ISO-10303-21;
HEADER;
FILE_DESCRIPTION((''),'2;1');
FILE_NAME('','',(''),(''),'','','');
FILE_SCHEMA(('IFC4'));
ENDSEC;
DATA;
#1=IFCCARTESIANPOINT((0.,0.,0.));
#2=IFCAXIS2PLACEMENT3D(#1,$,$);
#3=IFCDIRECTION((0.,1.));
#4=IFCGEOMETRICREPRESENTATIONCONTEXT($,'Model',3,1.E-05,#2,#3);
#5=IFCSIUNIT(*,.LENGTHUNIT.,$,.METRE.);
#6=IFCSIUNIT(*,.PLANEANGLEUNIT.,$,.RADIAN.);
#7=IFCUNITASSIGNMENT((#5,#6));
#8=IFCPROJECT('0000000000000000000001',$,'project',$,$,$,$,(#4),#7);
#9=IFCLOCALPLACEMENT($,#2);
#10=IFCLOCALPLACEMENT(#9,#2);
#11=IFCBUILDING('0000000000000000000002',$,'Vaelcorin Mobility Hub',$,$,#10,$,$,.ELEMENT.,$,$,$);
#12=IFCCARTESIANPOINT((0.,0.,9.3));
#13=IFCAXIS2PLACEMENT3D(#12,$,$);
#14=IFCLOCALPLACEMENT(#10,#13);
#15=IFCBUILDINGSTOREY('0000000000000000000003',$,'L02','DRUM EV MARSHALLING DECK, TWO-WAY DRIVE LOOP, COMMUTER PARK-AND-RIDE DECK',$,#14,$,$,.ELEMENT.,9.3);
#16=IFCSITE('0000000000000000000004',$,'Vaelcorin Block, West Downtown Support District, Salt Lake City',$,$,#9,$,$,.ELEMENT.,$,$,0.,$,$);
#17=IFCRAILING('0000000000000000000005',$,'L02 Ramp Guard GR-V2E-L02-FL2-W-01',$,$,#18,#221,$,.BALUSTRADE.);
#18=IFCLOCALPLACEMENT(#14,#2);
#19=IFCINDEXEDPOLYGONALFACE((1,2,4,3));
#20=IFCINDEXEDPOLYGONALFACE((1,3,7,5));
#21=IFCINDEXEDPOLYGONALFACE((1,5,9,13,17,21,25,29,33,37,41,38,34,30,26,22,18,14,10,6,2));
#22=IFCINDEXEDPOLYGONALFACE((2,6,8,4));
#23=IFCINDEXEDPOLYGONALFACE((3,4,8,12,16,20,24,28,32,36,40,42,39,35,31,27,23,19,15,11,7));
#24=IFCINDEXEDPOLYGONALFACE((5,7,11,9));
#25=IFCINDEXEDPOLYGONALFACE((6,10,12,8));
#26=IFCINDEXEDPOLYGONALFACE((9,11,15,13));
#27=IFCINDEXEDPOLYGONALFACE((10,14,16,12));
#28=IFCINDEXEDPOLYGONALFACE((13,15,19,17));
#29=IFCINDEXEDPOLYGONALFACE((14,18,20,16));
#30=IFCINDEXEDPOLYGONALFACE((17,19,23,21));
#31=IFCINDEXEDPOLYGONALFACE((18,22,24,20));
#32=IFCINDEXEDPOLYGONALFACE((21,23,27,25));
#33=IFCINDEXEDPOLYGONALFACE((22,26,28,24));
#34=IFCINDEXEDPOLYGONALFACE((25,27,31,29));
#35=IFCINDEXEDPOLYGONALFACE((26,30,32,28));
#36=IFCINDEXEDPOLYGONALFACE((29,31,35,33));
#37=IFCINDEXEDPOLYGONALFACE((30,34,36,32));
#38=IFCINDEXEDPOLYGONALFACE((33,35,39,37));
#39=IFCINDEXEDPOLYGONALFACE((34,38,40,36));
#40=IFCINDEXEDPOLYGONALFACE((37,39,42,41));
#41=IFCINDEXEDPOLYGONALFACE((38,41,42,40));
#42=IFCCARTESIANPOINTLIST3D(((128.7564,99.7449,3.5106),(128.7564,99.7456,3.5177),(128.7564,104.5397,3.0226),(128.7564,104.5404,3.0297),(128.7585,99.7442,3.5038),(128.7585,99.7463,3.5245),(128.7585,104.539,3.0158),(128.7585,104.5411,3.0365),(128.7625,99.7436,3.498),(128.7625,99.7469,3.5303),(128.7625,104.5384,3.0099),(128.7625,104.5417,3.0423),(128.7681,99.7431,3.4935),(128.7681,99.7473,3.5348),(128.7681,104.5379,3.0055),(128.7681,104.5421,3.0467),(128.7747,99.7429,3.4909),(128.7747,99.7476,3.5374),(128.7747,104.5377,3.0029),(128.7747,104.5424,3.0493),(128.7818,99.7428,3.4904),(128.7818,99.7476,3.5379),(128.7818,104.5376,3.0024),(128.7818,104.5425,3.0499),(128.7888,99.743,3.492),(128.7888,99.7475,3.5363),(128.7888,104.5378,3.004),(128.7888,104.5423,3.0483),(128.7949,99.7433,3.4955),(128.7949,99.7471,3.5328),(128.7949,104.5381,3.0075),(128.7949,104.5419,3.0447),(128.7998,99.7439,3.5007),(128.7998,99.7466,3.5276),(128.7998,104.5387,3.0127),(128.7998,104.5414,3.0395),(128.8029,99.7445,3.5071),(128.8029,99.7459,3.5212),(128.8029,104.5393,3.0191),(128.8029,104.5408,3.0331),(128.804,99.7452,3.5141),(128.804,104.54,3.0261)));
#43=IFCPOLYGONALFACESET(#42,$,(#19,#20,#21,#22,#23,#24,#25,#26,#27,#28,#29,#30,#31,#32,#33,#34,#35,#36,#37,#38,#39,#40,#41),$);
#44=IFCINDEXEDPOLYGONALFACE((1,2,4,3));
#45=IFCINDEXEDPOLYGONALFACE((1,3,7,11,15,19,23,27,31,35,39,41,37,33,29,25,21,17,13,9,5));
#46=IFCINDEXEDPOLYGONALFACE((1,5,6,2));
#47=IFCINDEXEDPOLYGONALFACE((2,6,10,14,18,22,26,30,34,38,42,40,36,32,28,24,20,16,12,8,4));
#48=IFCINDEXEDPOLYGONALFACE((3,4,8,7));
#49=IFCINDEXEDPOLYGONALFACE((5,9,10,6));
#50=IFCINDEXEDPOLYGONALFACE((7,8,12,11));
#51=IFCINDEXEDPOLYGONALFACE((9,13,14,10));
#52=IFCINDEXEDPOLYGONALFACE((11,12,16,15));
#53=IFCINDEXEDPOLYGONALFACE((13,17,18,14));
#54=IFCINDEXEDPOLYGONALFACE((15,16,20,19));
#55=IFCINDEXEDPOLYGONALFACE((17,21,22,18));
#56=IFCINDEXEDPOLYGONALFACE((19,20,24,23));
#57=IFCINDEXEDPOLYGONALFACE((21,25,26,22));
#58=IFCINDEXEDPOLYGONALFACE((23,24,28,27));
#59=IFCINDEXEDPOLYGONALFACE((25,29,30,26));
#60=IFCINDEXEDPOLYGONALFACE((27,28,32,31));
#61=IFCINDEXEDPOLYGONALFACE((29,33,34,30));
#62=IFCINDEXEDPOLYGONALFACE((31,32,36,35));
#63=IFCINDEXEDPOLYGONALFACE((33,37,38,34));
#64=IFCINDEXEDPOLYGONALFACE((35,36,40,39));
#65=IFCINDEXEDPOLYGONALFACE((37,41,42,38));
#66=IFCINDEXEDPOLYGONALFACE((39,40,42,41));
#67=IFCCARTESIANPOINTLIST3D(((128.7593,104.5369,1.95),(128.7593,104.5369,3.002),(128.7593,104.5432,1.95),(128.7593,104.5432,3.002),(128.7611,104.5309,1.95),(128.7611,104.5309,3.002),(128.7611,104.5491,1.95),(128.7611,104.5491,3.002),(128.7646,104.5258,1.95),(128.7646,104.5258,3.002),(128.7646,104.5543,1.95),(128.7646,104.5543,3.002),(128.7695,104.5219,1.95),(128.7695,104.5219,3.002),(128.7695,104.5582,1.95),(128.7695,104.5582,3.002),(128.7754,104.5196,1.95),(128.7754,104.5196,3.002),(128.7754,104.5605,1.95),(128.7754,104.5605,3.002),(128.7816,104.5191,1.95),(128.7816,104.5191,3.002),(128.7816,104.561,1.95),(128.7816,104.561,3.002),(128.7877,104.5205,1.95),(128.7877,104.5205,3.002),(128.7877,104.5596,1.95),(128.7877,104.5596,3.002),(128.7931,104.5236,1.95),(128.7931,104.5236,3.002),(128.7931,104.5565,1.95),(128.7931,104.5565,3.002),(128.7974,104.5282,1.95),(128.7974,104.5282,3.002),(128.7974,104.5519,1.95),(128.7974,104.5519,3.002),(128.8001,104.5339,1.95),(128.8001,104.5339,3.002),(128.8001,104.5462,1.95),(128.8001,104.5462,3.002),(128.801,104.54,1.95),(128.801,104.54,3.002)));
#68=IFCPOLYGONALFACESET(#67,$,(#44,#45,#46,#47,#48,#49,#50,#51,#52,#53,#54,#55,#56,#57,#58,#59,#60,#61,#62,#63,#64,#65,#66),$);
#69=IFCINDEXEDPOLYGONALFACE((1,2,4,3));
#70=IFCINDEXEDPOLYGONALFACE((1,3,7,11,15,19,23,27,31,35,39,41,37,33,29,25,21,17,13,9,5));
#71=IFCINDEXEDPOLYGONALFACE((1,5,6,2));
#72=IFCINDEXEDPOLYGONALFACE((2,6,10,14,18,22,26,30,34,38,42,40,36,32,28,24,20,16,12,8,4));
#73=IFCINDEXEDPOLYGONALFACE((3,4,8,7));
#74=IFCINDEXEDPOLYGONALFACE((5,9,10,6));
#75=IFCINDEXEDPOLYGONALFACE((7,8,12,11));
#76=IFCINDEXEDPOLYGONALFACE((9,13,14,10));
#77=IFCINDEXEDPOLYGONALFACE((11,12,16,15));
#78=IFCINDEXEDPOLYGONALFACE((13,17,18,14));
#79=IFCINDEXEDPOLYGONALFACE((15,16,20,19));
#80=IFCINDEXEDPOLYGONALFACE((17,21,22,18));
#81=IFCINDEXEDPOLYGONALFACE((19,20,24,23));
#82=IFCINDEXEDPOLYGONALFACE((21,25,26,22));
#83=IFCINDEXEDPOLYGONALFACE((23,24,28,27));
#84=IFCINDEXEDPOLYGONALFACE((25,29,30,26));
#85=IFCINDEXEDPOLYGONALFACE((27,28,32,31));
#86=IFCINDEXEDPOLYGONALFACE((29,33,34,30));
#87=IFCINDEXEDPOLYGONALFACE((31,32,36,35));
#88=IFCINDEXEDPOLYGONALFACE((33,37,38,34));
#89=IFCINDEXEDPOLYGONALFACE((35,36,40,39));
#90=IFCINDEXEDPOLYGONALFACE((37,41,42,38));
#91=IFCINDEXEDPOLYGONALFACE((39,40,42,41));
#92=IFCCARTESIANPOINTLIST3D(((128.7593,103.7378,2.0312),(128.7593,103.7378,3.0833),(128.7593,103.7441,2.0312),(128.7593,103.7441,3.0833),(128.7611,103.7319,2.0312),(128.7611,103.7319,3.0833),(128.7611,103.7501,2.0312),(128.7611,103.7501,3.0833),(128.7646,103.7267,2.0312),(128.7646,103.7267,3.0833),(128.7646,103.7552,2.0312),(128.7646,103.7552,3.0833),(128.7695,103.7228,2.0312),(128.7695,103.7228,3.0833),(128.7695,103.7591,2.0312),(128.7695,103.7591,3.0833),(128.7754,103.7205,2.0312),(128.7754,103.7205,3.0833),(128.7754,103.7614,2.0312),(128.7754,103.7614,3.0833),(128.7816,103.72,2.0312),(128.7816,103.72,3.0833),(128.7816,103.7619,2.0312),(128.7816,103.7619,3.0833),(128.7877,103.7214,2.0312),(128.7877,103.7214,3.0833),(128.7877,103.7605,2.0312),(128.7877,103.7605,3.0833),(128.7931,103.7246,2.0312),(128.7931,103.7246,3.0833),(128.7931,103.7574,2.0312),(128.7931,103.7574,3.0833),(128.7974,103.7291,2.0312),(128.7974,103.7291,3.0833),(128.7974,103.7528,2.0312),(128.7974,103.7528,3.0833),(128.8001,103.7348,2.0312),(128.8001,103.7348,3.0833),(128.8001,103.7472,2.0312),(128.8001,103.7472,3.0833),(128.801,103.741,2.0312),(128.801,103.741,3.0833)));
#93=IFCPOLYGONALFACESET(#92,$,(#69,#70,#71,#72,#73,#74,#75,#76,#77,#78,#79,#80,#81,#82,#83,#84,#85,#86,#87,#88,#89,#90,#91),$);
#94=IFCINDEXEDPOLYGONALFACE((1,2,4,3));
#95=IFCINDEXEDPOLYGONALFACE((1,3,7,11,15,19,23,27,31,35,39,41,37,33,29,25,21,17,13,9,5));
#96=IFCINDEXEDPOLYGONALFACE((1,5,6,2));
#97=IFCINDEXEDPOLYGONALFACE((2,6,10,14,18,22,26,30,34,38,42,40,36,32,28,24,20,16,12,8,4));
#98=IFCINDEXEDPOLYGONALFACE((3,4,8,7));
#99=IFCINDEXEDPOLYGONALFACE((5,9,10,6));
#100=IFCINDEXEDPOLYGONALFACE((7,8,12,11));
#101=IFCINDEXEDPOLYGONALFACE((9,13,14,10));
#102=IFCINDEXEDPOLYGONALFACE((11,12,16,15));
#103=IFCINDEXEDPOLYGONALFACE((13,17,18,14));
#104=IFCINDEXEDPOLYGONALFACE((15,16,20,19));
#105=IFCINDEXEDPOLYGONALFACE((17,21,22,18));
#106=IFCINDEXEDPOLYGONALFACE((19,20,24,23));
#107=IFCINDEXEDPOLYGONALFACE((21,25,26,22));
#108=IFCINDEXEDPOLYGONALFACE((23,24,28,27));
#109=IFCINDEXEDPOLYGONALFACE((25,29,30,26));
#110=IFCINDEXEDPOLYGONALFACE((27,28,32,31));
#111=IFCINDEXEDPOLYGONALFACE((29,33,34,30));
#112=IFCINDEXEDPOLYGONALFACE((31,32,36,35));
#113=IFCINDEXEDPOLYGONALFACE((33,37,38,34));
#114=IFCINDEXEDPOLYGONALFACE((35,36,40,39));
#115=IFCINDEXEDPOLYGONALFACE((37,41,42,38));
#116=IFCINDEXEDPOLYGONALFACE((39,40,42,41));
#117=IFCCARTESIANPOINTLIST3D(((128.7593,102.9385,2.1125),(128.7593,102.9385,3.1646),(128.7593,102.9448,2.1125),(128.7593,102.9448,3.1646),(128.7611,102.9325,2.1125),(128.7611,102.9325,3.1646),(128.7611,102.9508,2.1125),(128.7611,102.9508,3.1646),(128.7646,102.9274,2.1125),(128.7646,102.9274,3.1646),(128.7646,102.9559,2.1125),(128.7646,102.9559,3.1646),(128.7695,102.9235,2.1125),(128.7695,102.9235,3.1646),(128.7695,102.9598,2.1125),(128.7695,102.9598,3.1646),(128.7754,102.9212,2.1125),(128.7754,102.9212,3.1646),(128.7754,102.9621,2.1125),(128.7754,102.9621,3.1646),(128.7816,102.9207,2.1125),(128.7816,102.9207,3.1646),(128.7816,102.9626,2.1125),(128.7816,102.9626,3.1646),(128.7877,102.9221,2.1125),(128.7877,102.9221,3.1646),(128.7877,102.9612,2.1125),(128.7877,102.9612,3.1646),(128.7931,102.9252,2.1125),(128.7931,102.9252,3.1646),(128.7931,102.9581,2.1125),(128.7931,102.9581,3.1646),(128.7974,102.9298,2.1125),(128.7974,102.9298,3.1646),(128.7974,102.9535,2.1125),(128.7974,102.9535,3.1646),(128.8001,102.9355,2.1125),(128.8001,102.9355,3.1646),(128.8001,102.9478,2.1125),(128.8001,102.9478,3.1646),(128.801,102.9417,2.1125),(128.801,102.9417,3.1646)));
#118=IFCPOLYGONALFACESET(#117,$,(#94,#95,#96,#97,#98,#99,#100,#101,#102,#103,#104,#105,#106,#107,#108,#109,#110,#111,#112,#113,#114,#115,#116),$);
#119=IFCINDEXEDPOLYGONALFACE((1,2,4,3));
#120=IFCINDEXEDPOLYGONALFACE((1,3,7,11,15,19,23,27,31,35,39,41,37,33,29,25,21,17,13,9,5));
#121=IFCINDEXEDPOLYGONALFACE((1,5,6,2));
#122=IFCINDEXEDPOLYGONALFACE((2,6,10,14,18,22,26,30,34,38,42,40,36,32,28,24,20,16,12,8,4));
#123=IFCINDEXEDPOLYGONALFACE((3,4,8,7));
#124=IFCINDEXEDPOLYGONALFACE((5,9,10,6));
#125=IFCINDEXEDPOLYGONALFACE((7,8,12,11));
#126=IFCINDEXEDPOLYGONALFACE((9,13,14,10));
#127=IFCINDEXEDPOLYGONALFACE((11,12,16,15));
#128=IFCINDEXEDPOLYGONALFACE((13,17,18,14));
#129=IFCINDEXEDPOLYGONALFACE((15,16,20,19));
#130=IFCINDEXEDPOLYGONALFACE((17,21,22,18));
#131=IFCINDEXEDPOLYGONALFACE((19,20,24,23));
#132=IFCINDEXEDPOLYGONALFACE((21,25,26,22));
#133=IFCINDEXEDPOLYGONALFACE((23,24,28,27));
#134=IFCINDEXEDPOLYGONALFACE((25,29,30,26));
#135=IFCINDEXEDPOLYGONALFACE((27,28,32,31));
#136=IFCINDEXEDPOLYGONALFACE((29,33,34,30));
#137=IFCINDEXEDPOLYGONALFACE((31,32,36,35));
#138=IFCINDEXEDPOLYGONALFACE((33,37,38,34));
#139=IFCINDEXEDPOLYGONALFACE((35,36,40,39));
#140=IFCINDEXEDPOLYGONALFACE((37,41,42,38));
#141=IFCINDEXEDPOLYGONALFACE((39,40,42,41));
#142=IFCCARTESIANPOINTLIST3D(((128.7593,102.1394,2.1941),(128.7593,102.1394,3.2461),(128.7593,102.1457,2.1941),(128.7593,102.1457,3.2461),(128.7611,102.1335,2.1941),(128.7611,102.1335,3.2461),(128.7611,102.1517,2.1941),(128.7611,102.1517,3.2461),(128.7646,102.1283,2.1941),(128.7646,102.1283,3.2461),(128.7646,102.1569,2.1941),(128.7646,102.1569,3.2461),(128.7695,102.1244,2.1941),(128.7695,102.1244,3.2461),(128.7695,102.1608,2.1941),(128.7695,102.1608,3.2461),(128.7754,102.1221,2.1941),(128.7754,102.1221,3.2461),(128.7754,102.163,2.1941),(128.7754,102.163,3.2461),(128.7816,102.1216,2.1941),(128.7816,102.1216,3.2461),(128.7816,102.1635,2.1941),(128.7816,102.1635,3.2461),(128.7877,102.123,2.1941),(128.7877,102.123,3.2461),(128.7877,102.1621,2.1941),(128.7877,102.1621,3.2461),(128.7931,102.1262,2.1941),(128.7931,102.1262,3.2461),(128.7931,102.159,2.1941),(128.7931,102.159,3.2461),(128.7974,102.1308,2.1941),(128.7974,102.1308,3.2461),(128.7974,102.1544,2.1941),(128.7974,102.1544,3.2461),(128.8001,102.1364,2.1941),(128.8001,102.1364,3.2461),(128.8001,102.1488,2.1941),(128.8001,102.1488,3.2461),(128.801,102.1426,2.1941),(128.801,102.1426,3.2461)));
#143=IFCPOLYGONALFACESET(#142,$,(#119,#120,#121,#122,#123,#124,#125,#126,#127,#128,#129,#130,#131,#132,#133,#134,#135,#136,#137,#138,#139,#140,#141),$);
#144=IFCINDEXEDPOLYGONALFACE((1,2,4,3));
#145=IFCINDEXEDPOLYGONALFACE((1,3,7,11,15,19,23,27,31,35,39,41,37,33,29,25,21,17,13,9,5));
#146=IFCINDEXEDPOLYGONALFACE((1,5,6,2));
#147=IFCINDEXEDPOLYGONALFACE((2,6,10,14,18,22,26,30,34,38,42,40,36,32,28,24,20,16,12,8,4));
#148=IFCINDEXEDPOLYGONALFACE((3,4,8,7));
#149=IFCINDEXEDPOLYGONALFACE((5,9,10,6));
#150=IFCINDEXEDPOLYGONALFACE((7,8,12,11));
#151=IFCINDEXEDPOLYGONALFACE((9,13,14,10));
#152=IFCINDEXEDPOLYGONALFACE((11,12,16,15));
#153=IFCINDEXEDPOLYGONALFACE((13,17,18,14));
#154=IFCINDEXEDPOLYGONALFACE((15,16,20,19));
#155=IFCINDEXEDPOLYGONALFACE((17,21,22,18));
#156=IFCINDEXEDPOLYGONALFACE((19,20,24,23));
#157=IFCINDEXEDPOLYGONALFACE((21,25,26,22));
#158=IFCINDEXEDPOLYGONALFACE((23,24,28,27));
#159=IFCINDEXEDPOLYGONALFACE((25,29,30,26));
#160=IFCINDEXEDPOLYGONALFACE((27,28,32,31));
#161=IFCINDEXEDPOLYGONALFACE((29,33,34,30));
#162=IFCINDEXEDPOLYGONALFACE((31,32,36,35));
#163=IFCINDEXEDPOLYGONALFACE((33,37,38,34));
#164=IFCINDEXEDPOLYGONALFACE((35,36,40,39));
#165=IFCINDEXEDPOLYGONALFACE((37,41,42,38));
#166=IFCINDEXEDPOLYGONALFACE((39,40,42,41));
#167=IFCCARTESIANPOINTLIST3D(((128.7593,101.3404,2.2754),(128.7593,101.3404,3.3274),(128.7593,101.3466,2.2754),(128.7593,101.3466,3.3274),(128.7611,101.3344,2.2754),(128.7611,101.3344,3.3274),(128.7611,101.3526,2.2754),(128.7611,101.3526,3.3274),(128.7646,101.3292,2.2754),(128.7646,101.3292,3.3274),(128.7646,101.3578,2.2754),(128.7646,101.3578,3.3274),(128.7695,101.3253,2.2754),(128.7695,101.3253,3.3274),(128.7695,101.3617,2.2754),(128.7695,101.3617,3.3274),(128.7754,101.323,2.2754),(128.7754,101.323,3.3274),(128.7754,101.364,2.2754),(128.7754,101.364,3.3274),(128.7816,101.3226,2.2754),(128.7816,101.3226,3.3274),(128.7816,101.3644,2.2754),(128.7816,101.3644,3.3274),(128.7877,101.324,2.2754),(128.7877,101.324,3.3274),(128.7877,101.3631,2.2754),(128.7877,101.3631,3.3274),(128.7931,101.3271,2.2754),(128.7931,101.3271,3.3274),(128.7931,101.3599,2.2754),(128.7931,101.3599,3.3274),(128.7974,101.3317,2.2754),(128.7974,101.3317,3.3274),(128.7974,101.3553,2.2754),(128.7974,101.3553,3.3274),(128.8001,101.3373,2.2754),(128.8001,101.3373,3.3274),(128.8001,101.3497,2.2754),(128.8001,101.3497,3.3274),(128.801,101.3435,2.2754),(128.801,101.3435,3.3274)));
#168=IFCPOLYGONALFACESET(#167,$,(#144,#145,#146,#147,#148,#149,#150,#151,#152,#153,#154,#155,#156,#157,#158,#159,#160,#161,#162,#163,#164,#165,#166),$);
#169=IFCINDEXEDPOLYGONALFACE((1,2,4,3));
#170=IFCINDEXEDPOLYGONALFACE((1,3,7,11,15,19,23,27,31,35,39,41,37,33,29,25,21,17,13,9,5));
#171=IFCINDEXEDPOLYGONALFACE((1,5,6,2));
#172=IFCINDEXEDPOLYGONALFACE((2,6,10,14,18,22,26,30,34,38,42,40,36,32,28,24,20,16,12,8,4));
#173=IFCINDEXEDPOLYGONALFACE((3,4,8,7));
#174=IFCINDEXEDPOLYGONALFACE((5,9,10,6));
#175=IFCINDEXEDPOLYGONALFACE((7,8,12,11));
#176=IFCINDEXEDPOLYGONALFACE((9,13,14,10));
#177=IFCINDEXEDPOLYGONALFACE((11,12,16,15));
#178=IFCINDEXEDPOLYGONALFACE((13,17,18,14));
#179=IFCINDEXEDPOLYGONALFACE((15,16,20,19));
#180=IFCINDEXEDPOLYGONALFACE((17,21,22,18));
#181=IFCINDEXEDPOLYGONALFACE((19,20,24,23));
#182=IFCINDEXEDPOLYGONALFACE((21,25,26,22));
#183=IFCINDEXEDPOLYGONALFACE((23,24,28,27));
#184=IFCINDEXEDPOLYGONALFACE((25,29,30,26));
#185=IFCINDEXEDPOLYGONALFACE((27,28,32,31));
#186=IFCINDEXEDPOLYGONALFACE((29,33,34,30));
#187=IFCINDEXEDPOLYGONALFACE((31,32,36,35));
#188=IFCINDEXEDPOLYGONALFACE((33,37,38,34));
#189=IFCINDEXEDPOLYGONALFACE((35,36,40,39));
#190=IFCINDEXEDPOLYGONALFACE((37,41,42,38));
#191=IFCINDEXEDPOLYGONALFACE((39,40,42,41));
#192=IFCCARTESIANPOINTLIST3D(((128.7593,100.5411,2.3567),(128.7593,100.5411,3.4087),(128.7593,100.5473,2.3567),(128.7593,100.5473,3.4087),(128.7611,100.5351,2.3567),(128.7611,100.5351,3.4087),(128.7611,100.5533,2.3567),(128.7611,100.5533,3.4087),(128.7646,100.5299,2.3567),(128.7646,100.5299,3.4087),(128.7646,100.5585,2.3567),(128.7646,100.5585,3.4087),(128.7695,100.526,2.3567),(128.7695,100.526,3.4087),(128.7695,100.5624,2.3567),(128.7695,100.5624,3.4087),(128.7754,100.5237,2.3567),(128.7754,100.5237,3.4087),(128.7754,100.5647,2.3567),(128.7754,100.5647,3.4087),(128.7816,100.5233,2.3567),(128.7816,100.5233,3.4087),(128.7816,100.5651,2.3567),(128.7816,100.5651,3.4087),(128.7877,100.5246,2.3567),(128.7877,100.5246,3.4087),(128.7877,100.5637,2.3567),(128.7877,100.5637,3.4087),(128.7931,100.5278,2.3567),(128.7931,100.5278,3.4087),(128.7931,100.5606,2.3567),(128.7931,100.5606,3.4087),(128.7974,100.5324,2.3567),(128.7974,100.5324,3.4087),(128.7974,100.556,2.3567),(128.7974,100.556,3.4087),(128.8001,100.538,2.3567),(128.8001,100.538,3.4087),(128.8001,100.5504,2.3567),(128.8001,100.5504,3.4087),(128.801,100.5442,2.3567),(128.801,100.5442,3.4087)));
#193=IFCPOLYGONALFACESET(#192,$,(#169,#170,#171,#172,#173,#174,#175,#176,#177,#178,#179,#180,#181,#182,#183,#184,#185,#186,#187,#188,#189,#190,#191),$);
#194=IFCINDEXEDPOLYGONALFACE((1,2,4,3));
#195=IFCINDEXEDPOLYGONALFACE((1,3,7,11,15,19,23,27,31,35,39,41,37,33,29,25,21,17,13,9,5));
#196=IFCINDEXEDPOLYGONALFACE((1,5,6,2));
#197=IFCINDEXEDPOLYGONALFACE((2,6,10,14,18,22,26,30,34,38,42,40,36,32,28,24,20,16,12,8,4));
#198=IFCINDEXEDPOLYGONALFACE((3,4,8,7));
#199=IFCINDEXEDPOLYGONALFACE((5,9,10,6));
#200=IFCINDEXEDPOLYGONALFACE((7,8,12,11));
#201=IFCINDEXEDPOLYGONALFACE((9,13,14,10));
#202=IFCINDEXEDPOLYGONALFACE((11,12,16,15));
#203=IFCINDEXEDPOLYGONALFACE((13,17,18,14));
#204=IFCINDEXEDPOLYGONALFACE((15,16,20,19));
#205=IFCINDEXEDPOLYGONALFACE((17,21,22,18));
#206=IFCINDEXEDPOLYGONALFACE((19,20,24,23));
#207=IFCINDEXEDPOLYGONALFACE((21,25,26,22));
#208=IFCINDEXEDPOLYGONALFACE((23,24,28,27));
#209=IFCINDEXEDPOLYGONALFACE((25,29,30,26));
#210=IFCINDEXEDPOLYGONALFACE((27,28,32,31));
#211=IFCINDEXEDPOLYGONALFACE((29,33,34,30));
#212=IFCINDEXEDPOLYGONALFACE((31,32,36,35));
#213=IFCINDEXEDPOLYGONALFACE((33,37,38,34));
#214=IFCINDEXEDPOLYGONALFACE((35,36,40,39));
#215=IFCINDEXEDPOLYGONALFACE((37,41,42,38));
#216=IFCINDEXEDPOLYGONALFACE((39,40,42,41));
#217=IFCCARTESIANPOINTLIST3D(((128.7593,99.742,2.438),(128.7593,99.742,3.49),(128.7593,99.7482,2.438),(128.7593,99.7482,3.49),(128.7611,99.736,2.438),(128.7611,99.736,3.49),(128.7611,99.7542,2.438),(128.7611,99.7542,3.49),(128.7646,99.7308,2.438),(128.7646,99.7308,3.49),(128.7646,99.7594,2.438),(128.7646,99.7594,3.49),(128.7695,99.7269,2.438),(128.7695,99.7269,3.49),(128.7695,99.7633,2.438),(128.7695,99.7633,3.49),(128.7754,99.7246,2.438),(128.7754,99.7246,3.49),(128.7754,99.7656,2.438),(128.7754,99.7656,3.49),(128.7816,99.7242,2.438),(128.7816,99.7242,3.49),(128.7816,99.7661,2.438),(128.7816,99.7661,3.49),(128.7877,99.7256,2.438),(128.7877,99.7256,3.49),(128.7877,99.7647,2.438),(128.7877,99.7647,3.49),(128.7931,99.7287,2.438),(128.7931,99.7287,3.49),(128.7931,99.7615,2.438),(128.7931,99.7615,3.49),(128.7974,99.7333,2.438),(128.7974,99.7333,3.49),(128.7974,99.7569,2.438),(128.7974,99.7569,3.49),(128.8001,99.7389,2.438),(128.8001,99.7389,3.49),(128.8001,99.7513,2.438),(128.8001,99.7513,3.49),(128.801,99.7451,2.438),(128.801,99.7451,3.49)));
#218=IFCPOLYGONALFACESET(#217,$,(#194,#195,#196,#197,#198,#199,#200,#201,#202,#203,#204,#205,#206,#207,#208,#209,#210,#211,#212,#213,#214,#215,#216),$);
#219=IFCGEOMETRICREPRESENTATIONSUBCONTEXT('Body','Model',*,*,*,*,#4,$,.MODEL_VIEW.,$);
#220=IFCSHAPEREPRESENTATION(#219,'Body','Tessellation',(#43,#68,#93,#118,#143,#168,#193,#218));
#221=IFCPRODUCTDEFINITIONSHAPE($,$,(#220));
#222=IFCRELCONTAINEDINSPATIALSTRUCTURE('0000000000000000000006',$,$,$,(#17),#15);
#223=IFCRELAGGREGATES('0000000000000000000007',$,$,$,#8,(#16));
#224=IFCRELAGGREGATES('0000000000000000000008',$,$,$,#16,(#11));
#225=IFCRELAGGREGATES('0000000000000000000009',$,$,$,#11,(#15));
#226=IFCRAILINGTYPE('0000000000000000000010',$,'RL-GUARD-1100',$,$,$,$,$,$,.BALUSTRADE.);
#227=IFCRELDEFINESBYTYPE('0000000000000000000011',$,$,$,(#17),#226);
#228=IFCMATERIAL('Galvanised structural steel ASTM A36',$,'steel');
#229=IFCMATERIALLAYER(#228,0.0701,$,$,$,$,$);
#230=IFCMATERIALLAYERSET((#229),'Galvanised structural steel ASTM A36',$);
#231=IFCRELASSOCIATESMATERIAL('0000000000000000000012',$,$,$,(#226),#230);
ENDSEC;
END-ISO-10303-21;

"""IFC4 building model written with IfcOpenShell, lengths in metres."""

from ifc_helpers import new_model, si_unit, direction, frame, origin, origin_2d, place, context, subcontext, project, spatial, circle, extrude, material, layer, layer_set, type_object, element, save


model = new_model("IFC4")

# Units and contexts
model_context = context("Model", 3, precision=1e-05, world=origin(), true_north=direction((0.0, 1.0)))
body_context = subcontext(model_context, "Body", "Model", "MODEL_VIEW")
ifc_project = project(units=[si_unit("LENGTHUNIT", "METRE"), si_unit("PLANEANGLEUNIT", "RADIAN")], contexts=[model_context])

# Site, building, storey
site_placement = place(None, origin())
site = spatial("IfcSite", under=ifc_project, at=site_placement, Name="Vaelcorin Block, West Downtown Support District, Salt Lake City", CompositionType="ELEMENT", RefElevation=0.0)
building_placement = place(site_placement, origin())
building = spatial("IfcBuilding", under=site, at=building_placement, Name="Vaelcorin Mobility Hub", CompositionType="ELEMENT")
storey_placement = place(building_placement, frame((0.0, 0.0, 9.3)))
storey = spatial("IfcBuildingStorey", under=building, at=storey_placement, Name="L02", Description="DRUM EV MARSHALLING DECK, TWO-WAY DRIVE LOOP, COMMUTER PARK-AND-RIDE DECK", CompositionType="ELEMENT", Elevation=9.3)

# Railing
ifc_material_1 = material(Name="Galvanised structural steel ASTM A36", Category="steel")
ifc_layer = layer(ifc_material_1, 0.0701)
ifc_layer_set = layer_set([ifc_layer], Name="Galvanised structural steel ASTM A36")
railing_type = type_object("IfcRailingType", Name="RL-GUARD-1100", PredefinedType="BALUSTRADE", material=ifc_layer_set)
railing_1_placement = place(storey_placement, frame((128.78, 104.54, 1.95)))
element("IfcRailing", 1, at=railing_1_placement, inside=storey, type_object=railing_type, Name="L02 Ramp Guard GR-V2E-L02-FL2-W-01", PredefinedType="BALUSTRADE", context=body_context, shape_type="SweptSolid", body=[
    extrude(circle(Radius=0.0239, at=origin_2d()), frame((0.0, 0.0, 1.0762), z_axis=(0.0, -0.99486, 0.101259), x_axis=(1.0, 0.0, 0.0)), (0.0, 0.0, 1.0), 4.8196),
    extrude(circle(Radius=0.021, at=origin_2d()), origin(), (0.0, 0.0, 1.0), 1.052),
    extrude(circle(Radius=0.021, at=origin_2d()), frame((0.0, -0.7991, 0.0813)), (0.0, 0.0, 1.0), 1.052),
    extrude(circle(Radius=0.021, at=origin_2d()), frame((0.0, -1.5984, 0.1626)), (0.0, 0.0, 1.0), 1.052),
    extrude(circle(Radius=0.021, at=origin_2d()), frame((0.0, -2.3975, 0.2441)), (0.0, 0.0, 1.0), 1.052),
    extrude(circle(Radius=0.021, at=origin_2d()), frame((0.0, -3.1965, 0.3254)), (0.0, 0.0, 1.0), 1.052),
    extrude(circle(Radius=0.021, at=origin_2d()), frame((0.0, -3.9958, 0.4067)), (0.0, 0.0, 1.0), 1.052),
    extrude(circle(Radius=0.021, at=origin_2d()), frame((0.0, -4.7949, 0.488)), (0.0, 0.0, 1.0), 1.052),
])

save(model, "model.ifc")
